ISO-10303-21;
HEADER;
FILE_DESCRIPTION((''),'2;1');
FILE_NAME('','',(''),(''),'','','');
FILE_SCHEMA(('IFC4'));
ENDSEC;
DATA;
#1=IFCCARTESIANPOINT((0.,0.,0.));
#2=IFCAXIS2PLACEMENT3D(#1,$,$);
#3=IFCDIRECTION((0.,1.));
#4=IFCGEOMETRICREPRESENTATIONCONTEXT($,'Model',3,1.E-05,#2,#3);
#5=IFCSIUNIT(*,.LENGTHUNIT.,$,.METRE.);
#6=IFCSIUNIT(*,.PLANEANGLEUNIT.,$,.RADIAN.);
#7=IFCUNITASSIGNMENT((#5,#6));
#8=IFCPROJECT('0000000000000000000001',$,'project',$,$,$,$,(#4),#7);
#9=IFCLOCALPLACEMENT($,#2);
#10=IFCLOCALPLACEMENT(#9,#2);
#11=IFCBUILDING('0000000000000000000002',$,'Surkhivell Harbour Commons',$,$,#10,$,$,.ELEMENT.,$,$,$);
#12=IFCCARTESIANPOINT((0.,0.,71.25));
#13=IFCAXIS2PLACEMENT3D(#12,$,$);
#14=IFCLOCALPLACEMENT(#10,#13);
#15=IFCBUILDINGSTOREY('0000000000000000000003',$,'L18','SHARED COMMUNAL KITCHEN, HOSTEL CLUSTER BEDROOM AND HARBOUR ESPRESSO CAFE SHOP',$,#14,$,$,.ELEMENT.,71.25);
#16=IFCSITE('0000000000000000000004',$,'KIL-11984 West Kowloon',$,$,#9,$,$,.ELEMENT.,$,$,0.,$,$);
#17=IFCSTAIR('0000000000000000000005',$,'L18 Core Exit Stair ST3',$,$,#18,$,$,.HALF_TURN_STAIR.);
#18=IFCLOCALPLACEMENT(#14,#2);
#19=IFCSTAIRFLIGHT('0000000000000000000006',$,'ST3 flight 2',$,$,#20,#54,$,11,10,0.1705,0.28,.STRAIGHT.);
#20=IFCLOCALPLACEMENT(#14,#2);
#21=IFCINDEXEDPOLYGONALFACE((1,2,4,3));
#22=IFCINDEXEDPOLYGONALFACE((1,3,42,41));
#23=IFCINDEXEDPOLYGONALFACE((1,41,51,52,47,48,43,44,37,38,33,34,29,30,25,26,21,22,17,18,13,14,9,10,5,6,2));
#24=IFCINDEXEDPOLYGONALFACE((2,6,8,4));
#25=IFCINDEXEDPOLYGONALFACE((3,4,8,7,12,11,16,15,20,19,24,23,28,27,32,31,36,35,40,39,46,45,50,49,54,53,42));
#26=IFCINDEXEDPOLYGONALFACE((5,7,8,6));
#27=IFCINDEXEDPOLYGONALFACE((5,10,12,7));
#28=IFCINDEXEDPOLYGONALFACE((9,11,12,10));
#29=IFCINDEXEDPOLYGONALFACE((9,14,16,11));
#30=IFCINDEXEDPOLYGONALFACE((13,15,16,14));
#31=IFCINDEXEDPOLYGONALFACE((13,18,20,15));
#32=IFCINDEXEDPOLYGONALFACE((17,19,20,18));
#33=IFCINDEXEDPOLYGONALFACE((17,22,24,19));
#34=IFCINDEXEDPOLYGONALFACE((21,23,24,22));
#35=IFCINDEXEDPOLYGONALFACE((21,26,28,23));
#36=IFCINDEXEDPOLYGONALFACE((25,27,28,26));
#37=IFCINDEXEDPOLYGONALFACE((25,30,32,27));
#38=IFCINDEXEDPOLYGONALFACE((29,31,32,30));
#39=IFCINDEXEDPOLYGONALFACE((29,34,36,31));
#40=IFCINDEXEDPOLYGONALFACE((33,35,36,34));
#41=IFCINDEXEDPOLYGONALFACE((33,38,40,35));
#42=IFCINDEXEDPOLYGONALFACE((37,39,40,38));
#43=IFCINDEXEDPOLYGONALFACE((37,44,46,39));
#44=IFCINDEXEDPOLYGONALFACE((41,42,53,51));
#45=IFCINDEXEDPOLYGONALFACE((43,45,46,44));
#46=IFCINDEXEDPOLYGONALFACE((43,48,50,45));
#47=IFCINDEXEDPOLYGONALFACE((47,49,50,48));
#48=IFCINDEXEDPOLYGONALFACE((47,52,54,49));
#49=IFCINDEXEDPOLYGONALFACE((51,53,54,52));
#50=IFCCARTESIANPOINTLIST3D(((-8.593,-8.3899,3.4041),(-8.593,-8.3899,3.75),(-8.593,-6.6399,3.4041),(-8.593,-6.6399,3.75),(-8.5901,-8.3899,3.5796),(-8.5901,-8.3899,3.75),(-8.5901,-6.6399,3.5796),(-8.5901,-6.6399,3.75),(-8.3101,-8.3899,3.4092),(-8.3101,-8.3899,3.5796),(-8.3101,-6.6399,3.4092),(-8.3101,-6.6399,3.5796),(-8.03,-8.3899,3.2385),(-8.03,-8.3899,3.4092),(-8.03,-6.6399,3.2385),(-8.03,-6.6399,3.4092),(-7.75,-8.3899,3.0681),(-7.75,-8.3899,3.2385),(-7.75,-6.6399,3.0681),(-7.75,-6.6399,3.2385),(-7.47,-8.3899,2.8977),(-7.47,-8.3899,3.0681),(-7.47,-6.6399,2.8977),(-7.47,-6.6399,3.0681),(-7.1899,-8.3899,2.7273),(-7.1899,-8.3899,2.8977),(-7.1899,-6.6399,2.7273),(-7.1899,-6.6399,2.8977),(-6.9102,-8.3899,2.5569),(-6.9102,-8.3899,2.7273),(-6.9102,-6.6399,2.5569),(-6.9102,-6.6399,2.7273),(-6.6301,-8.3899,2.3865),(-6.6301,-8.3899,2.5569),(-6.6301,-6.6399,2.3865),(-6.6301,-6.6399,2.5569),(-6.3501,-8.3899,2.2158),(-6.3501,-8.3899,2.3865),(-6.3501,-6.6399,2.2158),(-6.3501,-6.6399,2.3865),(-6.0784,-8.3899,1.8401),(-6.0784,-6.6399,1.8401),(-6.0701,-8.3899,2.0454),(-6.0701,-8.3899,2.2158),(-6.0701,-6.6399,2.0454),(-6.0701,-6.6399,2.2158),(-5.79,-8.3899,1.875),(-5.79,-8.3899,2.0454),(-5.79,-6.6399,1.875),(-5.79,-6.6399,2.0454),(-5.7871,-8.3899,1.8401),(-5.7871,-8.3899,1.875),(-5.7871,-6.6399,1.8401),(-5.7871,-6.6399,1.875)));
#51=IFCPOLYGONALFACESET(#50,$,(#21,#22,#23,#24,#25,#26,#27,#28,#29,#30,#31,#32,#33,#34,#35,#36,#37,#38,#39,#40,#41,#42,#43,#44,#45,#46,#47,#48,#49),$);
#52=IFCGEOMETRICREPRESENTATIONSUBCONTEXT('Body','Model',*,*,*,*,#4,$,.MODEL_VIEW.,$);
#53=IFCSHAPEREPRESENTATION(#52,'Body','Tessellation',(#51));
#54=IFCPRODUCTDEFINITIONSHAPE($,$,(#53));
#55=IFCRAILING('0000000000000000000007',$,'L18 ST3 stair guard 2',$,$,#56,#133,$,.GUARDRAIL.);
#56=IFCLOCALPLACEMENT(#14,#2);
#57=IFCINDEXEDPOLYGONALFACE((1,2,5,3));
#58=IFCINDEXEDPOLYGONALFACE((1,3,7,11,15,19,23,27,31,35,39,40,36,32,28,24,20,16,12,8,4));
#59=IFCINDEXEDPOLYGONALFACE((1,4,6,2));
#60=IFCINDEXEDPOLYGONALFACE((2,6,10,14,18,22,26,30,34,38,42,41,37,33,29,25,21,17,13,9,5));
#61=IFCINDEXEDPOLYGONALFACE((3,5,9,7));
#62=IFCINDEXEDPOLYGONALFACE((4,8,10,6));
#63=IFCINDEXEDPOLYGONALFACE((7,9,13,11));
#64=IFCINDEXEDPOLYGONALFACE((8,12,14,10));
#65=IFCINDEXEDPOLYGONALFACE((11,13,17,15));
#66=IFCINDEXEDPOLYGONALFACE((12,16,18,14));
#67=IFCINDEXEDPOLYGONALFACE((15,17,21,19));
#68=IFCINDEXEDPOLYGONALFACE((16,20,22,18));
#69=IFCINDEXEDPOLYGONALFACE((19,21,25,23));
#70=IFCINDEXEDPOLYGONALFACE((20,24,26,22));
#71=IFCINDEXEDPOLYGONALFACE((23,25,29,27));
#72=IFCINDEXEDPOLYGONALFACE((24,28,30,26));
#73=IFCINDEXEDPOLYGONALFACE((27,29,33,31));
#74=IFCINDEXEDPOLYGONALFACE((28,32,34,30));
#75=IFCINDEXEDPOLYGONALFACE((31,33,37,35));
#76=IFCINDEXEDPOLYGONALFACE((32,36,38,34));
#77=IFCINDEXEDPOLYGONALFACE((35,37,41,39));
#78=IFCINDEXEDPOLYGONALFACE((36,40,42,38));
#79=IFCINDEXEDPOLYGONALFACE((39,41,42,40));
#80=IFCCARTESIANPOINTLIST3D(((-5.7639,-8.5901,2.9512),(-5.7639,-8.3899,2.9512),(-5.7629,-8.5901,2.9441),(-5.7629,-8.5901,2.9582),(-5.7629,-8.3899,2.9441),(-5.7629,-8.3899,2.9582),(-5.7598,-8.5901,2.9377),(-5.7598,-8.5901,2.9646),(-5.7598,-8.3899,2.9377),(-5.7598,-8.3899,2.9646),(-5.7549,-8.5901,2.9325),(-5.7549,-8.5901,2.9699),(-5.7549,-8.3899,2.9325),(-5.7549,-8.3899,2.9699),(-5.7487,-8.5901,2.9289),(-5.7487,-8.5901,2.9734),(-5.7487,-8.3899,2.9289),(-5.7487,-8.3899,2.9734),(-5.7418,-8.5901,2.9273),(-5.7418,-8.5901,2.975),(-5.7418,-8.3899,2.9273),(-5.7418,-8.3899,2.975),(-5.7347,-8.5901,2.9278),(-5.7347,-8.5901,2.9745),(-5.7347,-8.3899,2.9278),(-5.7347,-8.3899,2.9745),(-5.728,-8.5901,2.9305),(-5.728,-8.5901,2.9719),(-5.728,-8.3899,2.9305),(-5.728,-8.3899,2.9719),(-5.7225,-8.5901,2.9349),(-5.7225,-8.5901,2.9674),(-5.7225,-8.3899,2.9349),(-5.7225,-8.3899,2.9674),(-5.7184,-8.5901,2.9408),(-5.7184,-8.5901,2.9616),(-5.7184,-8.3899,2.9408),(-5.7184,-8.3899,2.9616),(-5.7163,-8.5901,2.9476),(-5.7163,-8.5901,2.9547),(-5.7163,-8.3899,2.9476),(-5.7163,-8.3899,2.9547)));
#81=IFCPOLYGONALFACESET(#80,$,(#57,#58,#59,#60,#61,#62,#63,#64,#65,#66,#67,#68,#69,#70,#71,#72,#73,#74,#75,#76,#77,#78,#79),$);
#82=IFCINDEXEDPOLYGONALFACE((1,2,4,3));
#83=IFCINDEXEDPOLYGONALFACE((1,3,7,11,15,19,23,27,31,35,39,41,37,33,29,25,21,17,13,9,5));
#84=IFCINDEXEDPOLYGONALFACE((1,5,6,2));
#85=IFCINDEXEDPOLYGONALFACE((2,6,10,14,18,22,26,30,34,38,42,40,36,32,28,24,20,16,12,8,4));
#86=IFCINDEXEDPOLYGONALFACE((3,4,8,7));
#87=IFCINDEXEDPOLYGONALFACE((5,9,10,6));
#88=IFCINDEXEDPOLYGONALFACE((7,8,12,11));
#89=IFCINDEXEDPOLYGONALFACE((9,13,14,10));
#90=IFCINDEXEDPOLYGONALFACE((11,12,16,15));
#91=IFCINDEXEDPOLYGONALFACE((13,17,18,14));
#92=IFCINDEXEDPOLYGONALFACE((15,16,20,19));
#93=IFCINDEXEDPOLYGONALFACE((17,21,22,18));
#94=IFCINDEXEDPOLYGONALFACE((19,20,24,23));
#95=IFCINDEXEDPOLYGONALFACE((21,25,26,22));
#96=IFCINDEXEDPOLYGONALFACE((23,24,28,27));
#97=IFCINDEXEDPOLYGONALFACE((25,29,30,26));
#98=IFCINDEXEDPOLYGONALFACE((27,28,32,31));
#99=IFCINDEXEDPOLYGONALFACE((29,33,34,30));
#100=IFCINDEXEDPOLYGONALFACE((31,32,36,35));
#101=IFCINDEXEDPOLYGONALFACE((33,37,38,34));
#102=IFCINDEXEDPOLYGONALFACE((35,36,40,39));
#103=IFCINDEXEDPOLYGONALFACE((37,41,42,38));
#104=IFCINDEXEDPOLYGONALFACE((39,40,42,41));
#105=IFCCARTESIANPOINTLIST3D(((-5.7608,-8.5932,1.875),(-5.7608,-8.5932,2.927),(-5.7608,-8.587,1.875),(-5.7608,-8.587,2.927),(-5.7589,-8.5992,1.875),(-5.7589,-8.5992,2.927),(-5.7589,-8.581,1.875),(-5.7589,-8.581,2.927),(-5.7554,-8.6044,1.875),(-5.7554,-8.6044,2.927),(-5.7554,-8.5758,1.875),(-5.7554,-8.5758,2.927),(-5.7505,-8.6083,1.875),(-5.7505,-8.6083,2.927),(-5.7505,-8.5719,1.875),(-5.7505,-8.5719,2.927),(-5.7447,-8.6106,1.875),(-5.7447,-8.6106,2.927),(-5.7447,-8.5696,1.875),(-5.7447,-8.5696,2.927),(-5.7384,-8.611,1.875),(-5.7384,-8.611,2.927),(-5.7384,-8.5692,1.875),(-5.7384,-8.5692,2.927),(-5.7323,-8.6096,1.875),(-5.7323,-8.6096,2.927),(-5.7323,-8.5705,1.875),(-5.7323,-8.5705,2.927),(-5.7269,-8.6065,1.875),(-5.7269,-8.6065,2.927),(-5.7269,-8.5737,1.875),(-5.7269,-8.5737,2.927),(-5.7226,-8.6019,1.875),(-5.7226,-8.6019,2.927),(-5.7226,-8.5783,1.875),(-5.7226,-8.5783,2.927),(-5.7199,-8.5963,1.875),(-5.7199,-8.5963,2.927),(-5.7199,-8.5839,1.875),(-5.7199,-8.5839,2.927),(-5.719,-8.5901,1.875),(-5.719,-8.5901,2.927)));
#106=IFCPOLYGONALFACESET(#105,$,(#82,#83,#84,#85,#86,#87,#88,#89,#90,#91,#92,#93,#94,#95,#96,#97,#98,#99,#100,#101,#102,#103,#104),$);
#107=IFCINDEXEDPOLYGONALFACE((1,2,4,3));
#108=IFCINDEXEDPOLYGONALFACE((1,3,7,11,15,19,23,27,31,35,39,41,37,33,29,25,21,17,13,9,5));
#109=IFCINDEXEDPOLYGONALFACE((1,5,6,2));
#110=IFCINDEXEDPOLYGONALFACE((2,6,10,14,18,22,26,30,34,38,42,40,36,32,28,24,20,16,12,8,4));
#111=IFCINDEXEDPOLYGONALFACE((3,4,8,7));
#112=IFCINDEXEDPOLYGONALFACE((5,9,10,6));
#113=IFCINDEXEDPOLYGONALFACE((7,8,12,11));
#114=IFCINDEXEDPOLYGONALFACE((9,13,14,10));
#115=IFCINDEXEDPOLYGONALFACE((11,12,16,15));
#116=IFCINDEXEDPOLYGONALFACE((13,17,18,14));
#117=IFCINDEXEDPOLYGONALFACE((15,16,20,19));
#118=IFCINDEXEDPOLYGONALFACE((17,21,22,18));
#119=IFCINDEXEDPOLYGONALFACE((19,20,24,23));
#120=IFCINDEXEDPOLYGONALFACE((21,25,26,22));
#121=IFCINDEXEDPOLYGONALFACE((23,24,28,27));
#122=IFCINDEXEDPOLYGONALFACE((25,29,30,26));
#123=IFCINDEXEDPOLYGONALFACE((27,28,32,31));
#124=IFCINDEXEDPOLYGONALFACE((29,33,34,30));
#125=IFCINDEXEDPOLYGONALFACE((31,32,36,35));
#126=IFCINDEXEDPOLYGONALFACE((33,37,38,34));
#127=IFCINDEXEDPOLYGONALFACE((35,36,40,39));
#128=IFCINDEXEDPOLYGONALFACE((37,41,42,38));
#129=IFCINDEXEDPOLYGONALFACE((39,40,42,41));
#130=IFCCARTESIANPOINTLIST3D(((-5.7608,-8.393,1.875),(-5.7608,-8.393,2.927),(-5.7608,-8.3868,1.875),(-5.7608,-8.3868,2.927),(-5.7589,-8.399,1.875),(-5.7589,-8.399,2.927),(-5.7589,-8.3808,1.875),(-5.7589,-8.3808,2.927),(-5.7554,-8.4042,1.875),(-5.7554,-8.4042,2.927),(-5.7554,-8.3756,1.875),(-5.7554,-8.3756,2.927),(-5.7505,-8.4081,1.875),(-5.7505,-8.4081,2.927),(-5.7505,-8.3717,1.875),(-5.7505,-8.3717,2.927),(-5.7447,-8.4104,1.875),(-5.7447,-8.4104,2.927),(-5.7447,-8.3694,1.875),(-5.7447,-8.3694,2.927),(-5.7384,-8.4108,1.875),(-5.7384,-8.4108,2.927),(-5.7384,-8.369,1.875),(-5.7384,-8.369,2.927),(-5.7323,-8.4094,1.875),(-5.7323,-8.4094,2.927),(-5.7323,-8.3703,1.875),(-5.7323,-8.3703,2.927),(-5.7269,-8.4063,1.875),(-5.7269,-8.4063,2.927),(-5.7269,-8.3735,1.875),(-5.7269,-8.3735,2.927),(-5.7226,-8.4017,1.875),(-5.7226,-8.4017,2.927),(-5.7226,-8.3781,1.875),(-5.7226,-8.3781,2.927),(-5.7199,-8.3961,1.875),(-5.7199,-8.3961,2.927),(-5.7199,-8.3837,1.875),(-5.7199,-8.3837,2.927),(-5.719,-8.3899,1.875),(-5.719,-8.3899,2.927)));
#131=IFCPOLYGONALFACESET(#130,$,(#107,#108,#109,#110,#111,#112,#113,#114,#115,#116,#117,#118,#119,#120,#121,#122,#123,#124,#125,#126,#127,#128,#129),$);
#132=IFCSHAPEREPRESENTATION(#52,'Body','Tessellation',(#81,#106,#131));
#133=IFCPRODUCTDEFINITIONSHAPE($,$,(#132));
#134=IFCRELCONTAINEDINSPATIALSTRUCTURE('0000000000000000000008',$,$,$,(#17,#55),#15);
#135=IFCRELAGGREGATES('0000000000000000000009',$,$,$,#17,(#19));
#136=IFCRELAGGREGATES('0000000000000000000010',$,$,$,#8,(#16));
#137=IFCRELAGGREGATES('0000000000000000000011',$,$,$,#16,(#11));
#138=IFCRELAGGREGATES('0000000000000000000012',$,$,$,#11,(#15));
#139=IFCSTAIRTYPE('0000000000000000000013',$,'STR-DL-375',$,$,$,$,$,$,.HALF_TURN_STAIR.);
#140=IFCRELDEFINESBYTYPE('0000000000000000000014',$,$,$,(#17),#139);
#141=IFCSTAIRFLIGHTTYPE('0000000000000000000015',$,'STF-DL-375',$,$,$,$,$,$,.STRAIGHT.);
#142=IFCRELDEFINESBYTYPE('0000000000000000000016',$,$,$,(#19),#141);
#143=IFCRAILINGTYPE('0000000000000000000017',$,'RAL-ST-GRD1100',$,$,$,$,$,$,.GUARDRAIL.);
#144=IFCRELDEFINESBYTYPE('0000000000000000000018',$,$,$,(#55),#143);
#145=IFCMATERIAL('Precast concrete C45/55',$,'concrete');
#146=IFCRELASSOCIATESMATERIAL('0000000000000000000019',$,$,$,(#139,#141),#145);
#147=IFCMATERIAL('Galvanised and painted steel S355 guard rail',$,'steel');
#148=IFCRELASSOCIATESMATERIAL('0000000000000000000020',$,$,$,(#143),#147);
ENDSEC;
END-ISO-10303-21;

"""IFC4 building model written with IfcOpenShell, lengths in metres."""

from ifc_helpers import new_model, si_unit, direction, frame, origin, origin_2d, place, context, subcontext, project, spatial, polyline, circle, outline, extrude, material, type_object, element, aggregate, save


model = new_model("IFC4")

# Units and contexts
model_context = context("Model", 3, precision=1e-05, world=origin(), true_north=direction((0.0, 1.0)))
body_context = subcontext(model_context, "Body", "Model", "MODEL_VIEW")
ifc_project = project(units=[si_unit("LENGTHUNIT", "METRE"), si_unit("PLANEANGLEUNIT", "RADIAN")], contexts=[model_context])

# Site, building, storey
site_placement = place(None, origin())
site = spatial("IfcSite", under=ifc_project, at=site_placement, Name="KIL-11984 West Kowloon", CompositionType="ELEMENT", RefElevation=0.0)
building_placement = place(site_placement, origin())
building = spatial("IfcBuilding", under=site, at=building_placement, Name="Surkhivell Harbour Commons", CompositionType="ELEMENT")
storey_placement = place(building_placement, frame((0.0, 0.0, 71.25)))
storey = spatial("IfcBuildingStorey", under=building, at=storey_placement, Name="L18", Description="SHARED COMMUNAL KITCHEN, HOSTEL CLUSTER BEDROOM AND HARBOUR ESPRESSO CAFE SHOP", CompositionType="ELEMENT", Elevation=71.25)

# Stair, stair flight
ifc_material_1 = material(Name="Precast concrete C45/55", Category="concrete")
stair_type = type_object("IfcStairType", Name="STR-DL-375", PredefinedType="HALF_TURN_STAIR", material=ifc_material_1)
stair_placement = place(storey_placement, origin())
stair = element("IfcStair", 1, at=stair_placement, inside=storey, type_object=stair_type, Name="L18 Core Exit Stair ST3", PredefinedType="HALF_TURN_STAIR")
stair_flight_type = type_object("IfcStairFlightType", Name="STF-DL-375", PredefinedType="STRAIGHT", material=ifc_material_1)
stair_flight_placement = place(storey_placement, frame((-5.79, -7.5149, 1.875), z_axis=(0.0, 0.0, 1.0), x_axis=(-1.0, 0.0, 0.0)))
stair_flight = element("IfcStairFlight", 2, at=stair_flight_placement, type_object=stair_flight_type, Name="ST3 flight 2", NumberOfRisers=11, NumberOfTreads=10, PredefinedType="STRAIGHT", RiserHeight=0.1705, TreadLength=0.28, context=body_context, shape_type="SweptSolid", body=[
    extrude(outline(polyline([(-0.0029, -0.0349), (-0.0029, 0.0), (0.0, 0.0), (0.0, 0.1704), (0.28, 0.1704), (0.28, 0.3408), (0.5601, 0.3408), (0.5601, 0.5115), (0.8401, 0.5115), (0.8401, 0.6819), (1.1201, 0.6819), (1.1201, 0.8523), (1.3999, 0.8523), (1.3999, 1.0227), (1.6799, 1.0227), (1.6799, 1.1931), (1.96, 1.1931), (1.96, 1.3635), (2.24, 1.3635), (2.24, 1.5342), (2.52, 1.5342), (2.52, 1.7046), (2.8, 1.7046), (2.8, 1.875), (2.803, 1.875), (2.803, 1.5291), (0.2883, -0.0349), (-0.0029, -0.0349)])), frame((0.0, 0.875, 0.0), z_axis=(0.0, -1.0, 0.0), x_axis=(1.0, 0.0, 0.0)), (0.0, 0.0, 1.0), 1.75),
])
aggregate(stair, [stair_flight])

# Railing
ifc_material_2 = material(Name="Galvanised and painted steel S355 guard rail", Category="steel")
railing_type_1 = type_object("IfcRailingType", Name="RAL-ST-GRD1100", PredefinedType="GUARDRAIL", material=ifc_material_2)
railing_1_placement = place(storey_placement, frame((-5.74, -8.5901, 1.875)))
element("IfcRailing", 3, at=railing_1_placement, inside=storey, type_object=railing_type_1, Name="L18 ST3 stair guard 2", PredefinedType="GUARDRAIL", context=body_context, shape_type="SweptSolid", body=[
    extrude(circle(Radius=0.0239, at=origin_2d()), frame((0.0, 0.0, 1.0762), z_axis=(0.0, 1.0, 0.0), x_axis=(-1.0, 0.0, 0.0)), (0.0, 0.0, 1.0), 0.2002),
    extrude(circle(Radius=0.021, at=origin_2d()), origin(), (0.0, 0.0, 1.0), 1.052),
    extrude(circle(Radius=0.021, at=origin_2d()), frame((0.0, 0.2002, 0.0)), (0.0, 0.0, 1.0), 1.052),
])

save(model, "model.ifc")
